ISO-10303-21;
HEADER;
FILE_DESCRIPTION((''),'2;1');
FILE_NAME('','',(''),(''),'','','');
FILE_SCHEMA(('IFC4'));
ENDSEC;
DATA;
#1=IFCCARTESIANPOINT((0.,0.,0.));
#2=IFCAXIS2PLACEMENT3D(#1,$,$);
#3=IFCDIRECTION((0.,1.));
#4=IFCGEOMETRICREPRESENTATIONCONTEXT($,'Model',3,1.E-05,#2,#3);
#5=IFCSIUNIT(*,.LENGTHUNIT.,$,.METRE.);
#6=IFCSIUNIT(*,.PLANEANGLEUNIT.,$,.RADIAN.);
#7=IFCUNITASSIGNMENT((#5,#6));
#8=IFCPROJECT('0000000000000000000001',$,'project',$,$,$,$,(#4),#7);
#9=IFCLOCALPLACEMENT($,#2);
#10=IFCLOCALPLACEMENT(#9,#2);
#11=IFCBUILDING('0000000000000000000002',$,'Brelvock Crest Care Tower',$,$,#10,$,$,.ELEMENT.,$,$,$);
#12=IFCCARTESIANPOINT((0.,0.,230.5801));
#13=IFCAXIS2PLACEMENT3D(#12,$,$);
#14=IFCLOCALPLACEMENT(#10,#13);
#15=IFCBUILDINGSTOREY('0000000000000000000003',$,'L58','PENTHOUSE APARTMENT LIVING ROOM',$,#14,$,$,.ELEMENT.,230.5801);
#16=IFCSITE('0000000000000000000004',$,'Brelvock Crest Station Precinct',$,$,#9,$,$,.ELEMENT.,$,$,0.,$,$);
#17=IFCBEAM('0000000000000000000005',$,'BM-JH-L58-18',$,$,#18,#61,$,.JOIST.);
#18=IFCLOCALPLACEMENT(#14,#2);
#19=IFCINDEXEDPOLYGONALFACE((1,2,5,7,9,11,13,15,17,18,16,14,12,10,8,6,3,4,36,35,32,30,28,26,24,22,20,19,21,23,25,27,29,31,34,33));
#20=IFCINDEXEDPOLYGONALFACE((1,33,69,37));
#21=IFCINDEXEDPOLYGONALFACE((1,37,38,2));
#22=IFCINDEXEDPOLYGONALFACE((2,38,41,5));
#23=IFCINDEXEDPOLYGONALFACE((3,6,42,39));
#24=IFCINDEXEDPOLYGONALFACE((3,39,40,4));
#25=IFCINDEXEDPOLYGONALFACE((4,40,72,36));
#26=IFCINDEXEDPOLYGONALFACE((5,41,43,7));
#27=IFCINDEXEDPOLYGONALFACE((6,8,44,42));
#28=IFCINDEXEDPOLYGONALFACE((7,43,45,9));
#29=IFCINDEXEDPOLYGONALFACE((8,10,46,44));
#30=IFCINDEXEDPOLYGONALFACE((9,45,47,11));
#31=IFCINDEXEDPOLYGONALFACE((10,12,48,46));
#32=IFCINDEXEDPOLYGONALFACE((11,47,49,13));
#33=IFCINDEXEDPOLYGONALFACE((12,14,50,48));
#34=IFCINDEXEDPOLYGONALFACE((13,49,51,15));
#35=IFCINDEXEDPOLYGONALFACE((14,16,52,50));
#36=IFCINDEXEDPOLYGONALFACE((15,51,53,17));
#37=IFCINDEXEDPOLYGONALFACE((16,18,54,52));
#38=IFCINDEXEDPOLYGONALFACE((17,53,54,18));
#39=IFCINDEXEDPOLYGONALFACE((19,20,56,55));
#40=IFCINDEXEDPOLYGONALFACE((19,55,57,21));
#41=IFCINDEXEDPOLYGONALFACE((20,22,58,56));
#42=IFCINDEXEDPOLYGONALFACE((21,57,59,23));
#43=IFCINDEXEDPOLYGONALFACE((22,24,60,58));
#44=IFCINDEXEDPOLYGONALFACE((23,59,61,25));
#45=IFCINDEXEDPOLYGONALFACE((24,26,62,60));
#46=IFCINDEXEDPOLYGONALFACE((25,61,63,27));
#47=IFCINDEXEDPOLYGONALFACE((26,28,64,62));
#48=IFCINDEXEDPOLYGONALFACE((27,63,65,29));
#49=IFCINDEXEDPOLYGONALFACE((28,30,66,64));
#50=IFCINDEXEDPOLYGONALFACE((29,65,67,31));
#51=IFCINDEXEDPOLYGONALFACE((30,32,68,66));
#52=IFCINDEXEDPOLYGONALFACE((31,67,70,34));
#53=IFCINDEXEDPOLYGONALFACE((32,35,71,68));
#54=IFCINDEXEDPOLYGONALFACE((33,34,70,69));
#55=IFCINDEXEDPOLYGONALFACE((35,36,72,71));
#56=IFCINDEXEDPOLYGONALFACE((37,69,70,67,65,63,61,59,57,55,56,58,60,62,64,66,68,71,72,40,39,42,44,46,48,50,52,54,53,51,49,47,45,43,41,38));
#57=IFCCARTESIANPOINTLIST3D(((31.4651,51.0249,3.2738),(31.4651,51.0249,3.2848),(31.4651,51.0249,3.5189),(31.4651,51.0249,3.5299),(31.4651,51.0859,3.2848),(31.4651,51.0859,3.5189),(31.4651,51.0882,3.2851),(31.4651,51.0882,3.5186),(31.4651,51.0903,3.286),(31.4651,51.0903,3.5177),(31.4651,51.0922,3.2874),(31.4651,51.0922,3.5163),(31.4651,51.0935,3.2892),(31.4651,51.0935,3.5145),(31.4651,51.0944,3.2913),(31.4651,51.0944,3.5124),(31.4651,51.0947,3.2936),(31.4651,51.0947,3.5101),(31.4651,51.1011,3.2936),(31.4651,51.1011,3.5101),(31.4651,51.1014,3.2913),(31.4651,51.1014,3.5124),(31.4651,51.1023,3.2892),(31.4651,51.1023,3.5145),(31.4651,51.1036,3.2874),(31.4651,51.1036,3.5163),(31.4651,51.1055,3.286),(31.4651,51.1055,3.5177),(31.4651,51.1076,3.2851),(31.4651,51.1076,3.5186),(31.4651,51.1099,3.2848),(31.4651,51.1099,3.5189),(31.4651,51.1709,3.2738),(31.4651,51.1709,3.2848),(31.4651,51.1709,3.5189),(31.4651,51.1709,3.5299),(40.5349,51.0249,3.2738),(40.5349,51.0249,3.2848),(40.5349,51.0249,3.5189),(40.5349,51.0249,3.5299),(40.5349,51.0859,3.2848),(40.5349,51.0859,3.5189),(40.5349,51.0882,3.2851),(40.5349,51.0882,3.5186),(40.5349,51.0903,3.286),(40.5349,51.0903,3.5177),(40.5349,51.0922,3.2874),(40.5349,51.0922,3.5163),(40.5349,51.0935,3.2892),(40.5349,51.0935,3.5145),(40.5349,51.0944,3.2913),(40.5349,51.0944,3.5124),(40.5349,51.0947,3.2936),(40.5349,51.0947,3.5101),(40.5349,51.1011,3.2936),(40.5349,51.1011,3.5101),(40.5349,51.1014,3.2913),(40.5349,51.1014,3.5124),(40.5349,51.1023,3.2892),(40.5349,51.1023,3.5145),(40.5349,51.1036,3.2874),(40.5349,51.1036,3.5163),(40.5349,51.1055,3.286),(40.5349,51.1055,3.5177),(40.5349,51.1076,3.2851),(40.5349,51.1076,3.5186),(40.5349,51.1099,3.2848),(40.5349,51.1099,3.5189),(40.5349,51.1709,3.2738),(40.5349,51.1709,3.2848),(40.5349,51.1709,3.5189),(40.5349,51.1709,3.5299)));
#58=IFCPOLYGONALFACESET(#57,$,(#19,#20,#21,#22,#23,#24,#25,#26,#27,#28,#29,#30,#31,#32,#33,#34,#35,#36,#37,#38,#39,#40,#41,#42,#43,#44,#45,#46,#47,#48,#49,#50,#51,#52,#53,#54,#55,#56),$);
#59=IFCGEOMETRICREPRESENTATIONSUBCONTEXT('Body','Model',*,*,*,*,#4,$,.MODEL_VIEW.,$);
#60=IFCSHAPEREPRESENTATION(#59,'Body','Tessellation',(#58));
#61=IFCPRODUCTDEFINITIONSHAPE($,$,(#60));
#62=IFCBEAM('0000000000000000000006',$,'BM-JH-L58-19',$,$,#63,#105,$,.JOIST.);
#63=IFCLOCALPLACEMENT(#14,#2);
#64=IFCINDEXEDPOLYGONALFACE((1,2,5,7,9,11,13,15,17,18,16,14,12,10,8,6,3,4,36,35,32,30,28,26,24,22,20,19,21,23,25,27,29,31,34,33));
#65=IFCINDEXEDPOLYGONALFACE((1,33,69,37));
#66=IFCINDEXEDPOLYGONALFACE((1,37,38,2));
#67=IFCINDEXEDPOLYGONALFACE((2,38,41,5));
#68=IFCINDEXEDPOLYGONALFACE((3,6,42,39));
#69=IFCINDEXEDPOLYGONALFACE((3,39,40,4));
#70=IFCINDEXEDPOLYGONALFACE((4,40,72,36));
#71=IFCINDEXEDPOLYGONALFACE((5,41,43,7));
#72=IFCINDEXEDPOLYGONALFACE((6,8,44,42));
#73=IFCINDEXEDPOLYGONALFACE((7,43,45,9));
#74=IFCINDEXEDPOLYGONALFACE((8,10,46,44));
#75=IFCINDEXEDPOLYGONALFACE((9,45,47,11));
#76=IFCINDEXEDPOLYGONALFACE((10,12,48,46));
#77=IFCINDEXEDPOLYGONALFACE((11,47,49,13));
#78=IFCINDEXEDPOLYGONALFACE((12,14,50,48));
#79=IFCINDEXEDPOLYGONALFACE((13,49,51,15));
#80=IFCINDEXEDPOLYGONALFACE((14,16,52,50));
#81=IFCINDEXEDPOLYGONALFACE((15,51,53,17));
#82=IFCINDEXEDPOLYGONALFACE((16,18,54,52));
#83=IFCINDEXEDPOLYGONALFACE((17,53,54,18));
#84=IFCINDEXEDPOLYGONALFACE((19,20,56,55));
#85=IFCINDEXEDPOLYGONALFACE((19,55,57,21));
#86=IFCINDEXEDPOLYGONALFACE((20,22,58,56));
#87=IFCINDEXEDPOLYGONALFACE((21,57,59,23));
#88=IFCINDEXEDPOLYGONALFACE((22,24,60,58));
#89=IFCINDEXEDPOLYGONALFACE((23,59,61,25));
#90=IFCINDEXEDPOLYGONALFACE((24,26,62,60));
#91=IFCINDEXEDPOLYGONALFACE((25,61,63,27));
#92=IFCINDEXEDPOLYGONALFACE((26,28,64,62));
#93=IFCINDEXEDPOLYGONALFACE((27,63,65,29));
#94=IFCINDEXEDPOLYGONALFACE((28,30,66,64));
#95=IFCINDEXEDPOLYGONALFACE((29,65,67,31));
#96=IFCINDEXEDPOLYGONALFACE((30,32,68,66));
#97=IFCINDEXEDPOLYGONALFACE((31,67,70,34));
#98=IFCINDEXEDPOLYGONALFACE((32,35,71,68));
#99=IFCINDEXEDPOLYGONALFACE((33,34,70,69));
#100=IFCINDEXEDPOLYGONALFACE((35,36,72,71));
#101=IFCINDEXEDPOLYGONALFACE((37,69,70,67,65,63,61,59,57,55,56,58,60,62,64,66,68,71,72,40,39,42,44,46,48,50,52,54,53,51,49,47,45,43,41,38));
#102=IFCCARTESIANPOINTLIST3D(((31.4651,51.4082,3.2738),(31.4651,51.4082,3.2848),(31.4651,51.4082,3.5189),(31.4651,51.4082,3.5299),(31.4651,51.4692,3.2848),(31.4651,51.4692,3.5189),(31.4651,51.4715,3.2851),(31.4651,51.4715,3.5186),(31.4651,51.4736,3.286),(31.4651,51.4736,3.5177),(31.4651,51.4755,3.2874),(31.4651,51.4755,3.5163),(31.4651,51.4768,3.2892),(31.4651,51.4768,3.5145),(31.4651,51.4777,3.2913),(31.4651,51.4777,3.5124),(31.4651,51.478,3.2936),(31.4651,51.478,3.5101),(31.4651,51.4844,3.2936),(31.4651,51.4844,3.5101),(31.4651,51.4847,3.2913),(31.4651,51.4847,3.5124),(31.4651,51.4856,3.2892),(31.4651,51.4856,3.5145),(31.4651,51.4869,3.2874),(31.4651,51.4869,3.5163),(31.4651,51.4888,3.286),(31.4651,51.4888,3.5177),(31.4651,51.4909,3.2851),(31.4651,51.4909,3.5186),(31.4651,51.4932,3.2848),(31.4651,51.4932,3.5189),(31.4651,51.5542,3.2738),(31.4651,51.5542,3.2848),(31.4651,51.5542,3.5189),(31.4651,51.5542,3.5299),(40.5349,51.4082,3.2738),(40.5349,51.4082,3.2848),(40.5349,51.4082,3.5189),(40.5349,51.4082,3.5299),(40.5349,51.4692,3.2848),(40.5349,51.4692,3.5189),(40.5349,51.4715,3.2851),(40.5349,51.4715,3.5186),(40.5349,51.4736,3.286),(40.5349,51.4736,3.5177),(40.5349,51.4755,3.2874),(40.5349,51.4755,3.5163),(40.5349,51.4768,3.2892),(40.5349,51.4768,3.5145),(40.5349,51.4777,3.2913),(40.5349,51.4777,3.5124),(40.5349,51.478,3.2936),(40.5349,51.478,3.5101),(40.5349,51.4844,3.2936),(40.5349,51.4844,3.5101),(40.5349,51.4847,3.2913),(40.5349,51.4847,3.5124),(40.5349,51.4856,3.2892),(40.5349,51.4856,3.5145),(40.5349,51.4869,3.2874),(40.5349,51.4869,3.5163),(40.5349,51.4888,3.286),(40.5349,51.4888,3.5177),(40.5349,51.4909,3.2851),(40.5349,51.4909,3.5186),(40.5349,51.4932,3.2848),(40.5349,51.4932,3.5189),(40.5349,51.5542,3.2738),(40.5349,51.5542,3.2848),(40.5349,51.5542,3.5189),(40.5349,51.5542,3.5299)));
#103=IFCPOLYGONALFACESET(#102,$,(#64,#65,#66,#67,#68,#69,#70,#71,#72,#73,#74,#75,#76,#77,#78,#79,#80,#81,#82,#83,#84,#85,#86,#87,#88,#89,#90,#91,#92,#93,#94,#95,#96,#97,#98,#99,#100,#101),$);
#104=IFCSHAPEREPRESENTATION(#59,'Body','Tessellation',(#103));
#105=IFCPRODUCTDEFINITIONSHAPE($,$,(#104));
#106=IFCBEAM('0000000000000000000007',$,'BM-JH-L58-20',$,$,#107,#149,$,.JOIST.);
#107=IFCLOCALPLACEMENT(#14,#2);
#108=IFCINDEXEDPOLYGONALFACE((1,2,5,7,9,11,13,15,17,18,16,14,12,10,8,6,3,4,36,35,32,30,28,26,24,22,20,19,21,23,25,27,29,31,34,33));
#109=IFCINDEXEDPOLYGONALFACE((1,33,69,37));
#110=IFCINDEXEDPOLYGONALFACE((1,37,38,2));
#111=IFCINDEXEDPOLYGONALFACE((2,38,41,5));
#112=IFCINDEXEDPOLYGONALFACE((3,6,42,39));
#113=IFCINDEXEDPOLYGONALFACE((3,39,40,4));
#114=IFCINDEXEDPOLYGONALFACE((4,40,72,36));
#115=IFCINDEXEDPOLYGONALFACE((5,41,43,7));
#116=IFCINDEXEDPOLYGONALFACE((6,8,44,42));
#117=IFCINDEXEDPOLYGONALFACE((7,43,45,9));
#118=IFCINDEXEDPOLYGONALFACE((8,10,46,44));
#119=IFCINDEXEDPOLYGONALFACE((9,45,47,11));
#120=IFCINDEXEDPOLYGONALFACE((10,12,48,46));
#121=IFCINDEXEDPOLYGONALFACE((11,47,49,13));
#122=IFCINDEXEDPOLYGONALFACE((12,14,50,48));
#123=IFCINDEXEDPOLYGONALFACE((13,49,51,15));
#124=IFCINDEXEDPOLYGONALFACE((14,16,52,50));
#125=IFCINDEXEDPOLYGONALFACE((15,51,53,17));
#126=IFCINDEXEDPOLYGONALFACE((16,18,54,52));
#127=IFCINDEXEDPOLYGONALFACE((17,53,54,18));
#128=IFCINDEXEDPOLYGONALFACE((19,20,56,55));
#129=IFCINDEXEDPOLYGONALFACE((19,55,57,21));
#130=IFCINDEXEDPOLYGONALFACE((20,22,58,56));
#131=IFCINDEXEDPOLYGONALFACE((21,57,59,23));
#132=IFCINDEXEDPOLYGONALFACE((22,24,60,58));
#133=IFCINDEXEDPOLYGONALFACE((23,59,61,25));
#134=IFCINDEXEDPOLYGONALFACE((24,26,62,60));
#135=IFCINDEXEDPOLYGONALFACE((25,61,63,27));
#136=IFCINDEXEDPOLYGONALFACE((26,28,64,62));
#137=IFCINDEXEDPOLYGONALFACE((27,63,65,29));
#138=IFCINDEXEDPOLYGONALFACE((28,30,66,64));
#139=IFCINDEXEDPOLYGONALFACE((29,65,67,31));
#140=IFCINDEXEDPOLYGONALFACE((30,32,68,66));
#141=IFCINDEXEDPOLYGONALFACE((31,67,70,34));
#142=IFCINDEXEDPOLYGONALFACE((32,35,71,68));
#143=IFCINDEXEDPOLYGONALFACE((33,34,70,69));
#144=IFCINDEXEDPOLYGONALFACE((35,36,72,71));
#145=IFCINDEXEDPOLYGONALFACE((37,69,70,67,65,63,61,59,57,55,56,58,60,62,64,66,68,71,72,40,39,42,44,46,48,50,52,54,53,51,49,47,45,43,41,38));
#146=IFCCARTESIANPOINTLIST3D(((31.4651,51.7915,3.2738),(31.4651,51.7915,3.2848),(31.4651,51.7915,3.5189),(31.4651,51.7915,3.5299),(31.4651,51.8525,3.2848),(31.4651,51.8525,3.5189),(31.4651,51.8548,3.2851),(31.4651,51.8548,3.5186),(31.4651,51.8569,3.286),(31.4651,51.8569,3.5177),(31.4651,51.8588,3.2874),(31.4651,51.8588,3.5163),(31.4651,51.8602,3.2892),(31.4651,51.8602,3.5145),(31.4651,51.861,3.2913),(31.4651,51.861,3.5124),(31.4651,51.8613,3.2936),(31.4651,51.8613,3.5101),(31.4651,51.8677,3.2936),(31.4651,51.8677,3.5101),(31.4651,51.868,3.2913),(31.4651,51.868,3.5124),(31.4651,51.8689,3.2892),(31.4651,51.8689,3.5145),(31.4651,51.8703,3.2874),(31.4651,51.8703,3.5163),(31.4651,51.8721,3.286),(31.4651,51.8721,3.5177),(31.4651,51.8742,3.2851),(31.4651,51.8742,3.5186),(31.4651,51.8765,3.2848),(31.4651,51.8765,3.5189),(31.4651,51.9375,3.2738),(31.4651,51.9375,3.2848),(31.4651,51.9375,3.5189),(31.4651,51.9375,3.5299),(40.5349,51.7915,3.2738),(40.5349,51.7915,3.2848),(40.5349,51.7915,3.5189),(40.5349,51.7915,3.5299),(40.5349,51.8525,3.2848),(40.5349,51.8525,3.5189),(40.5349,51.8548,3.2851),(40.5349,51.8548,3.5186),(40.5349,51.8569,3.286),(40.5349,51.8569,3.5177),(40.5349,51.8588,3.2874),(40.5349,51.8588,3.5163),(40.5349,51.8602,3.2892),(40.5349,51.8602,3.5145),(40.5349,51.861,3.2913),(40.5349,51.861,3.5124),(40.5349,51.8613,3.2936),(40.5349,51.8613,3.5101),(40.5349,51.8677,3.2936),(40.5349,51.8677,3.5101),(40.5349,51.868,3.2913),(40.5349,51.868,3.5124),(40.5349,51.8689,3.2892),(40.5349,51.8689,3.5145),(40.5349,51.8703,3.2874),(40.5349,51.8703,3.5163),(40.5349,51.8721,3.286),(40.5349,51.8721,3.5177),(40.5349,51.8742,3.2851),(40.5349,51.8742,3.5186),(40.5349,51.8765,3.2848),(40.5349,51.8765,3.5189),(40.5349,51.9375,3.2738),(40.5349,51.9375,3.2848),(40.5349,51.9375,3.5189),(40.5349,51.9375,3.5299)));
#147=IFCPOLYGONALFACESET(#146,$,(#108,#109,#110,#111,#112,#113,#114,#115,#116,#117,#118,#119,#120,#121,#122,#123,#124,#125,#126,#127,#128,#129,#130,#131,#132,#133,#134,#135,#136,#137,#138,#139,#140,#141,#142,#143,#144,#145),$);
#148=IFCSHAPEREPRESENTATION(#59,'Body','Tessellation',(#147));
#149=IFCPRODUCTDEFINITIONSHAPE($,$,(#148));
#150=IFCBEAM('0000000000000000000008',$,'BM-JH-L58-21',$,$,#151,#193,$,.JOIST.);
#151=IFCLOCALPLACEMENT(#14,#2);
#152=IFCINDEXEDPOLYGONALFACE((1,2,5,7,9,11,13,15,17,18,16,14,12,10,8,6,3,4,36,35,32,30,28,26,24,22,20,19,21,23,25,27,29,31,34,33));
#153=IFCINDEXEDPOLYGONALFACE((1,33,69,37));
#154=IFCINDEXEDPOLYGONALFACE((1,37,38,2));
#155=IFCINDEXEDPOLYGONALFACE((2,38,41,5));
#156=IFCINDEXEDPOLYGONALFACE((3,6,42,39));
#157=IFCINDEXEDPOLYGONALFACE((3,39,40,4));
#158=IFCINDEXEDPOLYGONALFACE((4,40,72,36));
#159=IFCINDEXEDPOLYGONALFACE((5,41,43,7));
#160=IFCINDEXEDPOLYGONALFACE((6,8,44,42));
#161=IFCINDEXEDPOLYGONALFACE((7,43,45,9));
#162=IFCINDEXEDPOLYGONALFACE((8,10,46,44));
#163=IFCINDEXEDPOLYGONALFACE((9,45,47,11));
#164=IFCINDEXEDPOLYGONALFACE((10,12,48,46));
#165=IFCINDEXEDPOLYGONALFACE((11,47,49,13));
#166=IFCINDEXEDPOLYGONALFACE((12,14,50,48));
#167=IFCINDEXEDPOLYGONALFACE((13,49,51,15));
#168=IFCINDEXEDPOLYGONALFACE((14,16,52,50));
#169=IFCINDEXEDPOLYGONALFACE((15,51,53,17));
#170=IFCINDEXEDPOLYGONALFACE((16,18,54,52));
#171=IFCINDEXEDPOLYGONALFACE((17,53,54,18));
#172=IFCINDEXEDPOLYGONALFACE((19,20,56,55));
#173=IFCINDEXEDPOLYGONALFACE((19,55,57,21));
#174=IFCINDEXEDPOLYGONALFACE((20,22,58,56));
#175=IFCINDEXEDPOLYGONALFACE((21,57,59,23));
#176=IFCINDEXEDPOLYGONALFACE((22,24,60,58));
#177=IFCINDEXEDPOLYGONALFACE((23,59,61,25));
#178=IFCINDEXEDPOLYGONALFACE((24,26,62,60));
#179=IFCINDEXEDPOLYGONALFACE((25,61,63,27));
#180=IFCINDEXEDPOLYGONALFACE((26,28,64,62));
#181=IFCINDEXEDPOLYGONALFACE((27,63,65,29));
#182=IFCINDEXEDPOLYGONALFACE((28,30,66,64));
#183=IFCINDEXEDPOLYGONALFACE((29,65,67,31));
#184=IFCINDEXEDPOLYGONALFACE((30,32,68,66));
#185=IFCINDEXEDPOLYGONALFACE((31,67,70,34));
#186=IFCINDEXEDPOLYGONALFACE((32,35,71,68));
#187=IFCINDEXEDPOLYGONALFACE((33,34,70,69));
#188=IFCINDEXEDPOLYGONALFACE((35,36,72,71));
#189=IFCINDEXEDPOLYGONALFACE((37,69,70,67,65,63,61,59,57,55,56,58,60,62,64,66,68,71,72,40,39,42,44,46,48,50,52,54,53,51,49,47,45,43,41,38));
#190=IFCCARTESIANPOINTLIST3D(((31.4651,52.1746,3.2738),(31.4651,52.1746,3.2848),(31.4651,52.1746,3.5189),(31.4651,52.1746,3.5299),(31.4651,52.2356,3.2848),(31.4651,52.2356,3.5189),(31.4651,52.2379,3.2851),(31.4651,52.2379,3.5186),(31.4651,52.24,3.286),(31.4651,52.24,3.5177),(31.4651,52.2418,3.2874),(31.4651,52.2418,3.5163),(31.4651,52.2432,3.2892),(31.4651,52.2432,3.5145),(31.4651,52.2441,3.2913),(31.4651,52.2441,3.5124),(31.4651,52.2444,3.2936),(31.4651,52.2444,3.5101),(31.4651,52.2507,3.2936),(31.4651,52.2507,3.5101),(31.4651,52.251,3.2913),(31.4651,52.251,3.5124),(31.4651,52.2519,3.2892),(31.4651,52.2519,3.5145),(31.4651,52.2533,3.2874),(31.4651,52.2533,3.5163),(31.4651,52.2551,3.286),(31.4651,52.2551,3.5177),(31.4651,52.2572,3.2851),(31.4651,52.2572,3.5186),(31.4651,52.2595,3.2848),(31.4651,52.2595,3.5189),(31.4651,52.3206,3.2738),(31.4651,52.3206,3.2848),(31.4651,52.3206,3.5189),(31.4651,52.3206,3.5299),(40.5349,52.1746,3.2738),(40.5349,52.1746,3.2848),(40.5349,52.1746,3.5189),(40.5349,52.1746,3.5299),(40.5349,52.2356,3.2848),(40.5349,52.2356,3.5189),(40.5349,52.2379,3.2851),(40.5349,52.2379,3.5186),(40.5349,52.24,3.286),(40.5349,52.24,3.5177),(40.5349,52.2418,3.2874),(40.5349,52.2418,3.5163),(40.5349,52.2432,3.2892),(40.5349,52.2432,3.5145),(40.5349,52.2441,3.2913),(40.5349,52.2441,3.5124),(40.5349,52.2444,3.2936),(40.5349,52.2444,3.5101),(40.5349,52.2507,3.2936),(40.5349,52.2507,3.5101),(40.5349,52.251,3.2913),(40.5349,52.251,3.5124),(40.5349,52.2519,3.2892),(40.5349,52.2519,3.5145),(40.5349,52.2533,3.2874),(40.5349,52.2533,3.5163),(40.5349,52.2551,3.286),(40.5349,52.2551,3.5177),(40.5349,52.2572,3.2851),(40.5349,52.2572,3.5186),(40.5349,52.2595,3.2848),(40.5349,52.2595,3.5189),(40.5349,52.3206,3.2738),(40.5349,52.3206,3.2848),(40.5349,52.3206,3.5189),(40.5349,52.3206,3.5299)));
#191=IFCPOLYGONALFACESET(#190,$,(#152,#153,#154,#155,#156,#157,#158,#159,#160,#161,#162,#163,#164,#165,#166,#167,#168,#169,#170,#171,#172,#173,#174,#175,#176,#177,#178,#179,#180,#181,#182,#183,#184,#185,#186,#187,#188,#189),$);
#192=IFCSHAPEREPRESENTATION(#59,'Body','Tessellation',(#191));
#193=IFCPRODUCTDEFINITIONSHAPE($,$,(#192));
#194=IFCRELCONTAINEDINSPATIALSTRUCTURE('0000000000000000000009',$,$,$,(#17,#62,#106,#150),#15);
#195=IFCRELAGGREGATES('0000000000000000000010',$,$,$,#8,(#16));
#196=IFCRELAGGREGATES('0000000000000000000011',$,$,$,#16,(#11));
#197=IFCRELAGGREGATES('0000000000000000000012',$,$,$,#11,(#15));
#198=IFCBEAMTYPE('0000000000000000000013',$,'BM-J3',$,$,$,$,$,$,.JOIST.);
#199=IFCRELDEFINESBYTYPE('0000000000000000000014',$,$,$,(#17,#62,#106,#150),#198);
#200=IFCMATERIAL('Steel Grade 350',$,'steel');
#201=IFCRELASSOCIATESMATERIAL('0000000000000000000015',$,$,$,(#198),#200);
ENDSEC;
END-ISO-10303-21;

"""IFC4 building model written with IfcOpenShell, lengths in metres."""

from ifc_helpers import new_model, si_unit, direction, frame, origin, origin_2d, place, context, subcontext, project, spatial, i_section, extrude, source, transform, mapped, material, material_profile, profile_set, type_object, element, save


model = new_model("IFC4")

# Units and contexts
model_context = context("Model", 3, precision=1e-05, world=origin(), true_north=direction((0.0, 1.0)))
body_context = subcontext(model_context, "Body", "Model", "MODEL_VIEW")
ifc_project = project(units=[si_unit("LENGTHUNIT", "METRE"), si_unit("PLANEANGLEUNIT", "RADIAN")], contexts=[model_context])

# Site, building, storey
site_placement = place(None, origin())
site = spatial("IfcSite", under=ifc_project, at=site_placement, Name="Brelvock Crest Station Precinct", CompositionType="ELEMENT", RefElevation=0.0)
building_placement = place(site_placement, origin())
building = spatial("IfcBuilding", under=site, at=building_placement, Name="Brelvock Crest Care Tower", CompositionType="ELEMENT")
storey_placement = place(building_placement, frame((0.0, 0.0, 230.5801)))
storey = spatial("IfcBuildingStorey", under=building, at=storey_placement, Name="L58", Description="PENTHOUSE APARTMENT LIVING ROOM", CompositionType="ELEMENT", Elevation=230.5801)

# Beams
ifc_material_1 = material(Name="Steel Grade 350", Category="steel")
ifc_material_profile_1 = material_profile(ifc_material_1, i_section(OverallWidth=0.146, OverallDepth=0.2561, WebThickness=0.0063, FlangeThickness=0.011, FilletRadius=0.0088, at=origin_2d()), Name="250UB37.3")
ifc_profile_set_1 = profile_set([ifc_material_profile_1], Name="Steel Grade 350")
beam_type_1 = type_object("IfcBeamType", Name="BM-J3", PredefinedType="JOIST", material=ifc_profile_set_1)
shared_shape_1 = source(origin(), body_context, "Body", "SweptSolid", [
    extrude(i_section(OverallWidth=0.146, OverallDepth=0.2561, WebThickness=0.0063, FlangeThickness=0.011, FilletRadius=0.0088, at=origin_2d()), origin(), (0.0, 0.0, 1.0), 9.0698),
])
for number, where, z_axis, x_axis, name in (
    (1, (31.4651, 51.0979, 3.4019), (1.0, 0.0, 0.0), (0.0, 1.0, 0.0), "BM-JH-L58-18"),
    (2, (31.4651, 51.4812, 3.4019), (1.0, 0.0, 0.0), (0.0, 1.0, 0.0), "BM-JH-L58-19"),
    (3, (31.4651, 51.8645, 3.4019), (1.0, 0.0, 0.0), (0.0, 1.0, 0.0), "BM-JH-L58-20"),
    (4, (31.4651, 52.2476, 3.4019), (1.0, 0.0, 0.0), (0.0, 1.0, 0.0), "BM-JH-L58-21"),
):
    element("IfcBeam", number, at=place(storey_placement, frame(where, z_axis=z_axis, x_axis=x_axis)), inside=storey, type_object=beam_type_1, Name=name, PredefinedType="JOIST", context=body_context, shape_type="MappedRepresentation", body=[
        mapped(shared_shape_1, transform((0.0, 0.0, 0.0), x_axis=(1.0, 0.0, 0.0), y_axis=(0.0, 1.0, 0.0), z_axis=(0.0, 0.0, 1.0), scale=1.0)),
    ])

save(model, "model.ifc")
